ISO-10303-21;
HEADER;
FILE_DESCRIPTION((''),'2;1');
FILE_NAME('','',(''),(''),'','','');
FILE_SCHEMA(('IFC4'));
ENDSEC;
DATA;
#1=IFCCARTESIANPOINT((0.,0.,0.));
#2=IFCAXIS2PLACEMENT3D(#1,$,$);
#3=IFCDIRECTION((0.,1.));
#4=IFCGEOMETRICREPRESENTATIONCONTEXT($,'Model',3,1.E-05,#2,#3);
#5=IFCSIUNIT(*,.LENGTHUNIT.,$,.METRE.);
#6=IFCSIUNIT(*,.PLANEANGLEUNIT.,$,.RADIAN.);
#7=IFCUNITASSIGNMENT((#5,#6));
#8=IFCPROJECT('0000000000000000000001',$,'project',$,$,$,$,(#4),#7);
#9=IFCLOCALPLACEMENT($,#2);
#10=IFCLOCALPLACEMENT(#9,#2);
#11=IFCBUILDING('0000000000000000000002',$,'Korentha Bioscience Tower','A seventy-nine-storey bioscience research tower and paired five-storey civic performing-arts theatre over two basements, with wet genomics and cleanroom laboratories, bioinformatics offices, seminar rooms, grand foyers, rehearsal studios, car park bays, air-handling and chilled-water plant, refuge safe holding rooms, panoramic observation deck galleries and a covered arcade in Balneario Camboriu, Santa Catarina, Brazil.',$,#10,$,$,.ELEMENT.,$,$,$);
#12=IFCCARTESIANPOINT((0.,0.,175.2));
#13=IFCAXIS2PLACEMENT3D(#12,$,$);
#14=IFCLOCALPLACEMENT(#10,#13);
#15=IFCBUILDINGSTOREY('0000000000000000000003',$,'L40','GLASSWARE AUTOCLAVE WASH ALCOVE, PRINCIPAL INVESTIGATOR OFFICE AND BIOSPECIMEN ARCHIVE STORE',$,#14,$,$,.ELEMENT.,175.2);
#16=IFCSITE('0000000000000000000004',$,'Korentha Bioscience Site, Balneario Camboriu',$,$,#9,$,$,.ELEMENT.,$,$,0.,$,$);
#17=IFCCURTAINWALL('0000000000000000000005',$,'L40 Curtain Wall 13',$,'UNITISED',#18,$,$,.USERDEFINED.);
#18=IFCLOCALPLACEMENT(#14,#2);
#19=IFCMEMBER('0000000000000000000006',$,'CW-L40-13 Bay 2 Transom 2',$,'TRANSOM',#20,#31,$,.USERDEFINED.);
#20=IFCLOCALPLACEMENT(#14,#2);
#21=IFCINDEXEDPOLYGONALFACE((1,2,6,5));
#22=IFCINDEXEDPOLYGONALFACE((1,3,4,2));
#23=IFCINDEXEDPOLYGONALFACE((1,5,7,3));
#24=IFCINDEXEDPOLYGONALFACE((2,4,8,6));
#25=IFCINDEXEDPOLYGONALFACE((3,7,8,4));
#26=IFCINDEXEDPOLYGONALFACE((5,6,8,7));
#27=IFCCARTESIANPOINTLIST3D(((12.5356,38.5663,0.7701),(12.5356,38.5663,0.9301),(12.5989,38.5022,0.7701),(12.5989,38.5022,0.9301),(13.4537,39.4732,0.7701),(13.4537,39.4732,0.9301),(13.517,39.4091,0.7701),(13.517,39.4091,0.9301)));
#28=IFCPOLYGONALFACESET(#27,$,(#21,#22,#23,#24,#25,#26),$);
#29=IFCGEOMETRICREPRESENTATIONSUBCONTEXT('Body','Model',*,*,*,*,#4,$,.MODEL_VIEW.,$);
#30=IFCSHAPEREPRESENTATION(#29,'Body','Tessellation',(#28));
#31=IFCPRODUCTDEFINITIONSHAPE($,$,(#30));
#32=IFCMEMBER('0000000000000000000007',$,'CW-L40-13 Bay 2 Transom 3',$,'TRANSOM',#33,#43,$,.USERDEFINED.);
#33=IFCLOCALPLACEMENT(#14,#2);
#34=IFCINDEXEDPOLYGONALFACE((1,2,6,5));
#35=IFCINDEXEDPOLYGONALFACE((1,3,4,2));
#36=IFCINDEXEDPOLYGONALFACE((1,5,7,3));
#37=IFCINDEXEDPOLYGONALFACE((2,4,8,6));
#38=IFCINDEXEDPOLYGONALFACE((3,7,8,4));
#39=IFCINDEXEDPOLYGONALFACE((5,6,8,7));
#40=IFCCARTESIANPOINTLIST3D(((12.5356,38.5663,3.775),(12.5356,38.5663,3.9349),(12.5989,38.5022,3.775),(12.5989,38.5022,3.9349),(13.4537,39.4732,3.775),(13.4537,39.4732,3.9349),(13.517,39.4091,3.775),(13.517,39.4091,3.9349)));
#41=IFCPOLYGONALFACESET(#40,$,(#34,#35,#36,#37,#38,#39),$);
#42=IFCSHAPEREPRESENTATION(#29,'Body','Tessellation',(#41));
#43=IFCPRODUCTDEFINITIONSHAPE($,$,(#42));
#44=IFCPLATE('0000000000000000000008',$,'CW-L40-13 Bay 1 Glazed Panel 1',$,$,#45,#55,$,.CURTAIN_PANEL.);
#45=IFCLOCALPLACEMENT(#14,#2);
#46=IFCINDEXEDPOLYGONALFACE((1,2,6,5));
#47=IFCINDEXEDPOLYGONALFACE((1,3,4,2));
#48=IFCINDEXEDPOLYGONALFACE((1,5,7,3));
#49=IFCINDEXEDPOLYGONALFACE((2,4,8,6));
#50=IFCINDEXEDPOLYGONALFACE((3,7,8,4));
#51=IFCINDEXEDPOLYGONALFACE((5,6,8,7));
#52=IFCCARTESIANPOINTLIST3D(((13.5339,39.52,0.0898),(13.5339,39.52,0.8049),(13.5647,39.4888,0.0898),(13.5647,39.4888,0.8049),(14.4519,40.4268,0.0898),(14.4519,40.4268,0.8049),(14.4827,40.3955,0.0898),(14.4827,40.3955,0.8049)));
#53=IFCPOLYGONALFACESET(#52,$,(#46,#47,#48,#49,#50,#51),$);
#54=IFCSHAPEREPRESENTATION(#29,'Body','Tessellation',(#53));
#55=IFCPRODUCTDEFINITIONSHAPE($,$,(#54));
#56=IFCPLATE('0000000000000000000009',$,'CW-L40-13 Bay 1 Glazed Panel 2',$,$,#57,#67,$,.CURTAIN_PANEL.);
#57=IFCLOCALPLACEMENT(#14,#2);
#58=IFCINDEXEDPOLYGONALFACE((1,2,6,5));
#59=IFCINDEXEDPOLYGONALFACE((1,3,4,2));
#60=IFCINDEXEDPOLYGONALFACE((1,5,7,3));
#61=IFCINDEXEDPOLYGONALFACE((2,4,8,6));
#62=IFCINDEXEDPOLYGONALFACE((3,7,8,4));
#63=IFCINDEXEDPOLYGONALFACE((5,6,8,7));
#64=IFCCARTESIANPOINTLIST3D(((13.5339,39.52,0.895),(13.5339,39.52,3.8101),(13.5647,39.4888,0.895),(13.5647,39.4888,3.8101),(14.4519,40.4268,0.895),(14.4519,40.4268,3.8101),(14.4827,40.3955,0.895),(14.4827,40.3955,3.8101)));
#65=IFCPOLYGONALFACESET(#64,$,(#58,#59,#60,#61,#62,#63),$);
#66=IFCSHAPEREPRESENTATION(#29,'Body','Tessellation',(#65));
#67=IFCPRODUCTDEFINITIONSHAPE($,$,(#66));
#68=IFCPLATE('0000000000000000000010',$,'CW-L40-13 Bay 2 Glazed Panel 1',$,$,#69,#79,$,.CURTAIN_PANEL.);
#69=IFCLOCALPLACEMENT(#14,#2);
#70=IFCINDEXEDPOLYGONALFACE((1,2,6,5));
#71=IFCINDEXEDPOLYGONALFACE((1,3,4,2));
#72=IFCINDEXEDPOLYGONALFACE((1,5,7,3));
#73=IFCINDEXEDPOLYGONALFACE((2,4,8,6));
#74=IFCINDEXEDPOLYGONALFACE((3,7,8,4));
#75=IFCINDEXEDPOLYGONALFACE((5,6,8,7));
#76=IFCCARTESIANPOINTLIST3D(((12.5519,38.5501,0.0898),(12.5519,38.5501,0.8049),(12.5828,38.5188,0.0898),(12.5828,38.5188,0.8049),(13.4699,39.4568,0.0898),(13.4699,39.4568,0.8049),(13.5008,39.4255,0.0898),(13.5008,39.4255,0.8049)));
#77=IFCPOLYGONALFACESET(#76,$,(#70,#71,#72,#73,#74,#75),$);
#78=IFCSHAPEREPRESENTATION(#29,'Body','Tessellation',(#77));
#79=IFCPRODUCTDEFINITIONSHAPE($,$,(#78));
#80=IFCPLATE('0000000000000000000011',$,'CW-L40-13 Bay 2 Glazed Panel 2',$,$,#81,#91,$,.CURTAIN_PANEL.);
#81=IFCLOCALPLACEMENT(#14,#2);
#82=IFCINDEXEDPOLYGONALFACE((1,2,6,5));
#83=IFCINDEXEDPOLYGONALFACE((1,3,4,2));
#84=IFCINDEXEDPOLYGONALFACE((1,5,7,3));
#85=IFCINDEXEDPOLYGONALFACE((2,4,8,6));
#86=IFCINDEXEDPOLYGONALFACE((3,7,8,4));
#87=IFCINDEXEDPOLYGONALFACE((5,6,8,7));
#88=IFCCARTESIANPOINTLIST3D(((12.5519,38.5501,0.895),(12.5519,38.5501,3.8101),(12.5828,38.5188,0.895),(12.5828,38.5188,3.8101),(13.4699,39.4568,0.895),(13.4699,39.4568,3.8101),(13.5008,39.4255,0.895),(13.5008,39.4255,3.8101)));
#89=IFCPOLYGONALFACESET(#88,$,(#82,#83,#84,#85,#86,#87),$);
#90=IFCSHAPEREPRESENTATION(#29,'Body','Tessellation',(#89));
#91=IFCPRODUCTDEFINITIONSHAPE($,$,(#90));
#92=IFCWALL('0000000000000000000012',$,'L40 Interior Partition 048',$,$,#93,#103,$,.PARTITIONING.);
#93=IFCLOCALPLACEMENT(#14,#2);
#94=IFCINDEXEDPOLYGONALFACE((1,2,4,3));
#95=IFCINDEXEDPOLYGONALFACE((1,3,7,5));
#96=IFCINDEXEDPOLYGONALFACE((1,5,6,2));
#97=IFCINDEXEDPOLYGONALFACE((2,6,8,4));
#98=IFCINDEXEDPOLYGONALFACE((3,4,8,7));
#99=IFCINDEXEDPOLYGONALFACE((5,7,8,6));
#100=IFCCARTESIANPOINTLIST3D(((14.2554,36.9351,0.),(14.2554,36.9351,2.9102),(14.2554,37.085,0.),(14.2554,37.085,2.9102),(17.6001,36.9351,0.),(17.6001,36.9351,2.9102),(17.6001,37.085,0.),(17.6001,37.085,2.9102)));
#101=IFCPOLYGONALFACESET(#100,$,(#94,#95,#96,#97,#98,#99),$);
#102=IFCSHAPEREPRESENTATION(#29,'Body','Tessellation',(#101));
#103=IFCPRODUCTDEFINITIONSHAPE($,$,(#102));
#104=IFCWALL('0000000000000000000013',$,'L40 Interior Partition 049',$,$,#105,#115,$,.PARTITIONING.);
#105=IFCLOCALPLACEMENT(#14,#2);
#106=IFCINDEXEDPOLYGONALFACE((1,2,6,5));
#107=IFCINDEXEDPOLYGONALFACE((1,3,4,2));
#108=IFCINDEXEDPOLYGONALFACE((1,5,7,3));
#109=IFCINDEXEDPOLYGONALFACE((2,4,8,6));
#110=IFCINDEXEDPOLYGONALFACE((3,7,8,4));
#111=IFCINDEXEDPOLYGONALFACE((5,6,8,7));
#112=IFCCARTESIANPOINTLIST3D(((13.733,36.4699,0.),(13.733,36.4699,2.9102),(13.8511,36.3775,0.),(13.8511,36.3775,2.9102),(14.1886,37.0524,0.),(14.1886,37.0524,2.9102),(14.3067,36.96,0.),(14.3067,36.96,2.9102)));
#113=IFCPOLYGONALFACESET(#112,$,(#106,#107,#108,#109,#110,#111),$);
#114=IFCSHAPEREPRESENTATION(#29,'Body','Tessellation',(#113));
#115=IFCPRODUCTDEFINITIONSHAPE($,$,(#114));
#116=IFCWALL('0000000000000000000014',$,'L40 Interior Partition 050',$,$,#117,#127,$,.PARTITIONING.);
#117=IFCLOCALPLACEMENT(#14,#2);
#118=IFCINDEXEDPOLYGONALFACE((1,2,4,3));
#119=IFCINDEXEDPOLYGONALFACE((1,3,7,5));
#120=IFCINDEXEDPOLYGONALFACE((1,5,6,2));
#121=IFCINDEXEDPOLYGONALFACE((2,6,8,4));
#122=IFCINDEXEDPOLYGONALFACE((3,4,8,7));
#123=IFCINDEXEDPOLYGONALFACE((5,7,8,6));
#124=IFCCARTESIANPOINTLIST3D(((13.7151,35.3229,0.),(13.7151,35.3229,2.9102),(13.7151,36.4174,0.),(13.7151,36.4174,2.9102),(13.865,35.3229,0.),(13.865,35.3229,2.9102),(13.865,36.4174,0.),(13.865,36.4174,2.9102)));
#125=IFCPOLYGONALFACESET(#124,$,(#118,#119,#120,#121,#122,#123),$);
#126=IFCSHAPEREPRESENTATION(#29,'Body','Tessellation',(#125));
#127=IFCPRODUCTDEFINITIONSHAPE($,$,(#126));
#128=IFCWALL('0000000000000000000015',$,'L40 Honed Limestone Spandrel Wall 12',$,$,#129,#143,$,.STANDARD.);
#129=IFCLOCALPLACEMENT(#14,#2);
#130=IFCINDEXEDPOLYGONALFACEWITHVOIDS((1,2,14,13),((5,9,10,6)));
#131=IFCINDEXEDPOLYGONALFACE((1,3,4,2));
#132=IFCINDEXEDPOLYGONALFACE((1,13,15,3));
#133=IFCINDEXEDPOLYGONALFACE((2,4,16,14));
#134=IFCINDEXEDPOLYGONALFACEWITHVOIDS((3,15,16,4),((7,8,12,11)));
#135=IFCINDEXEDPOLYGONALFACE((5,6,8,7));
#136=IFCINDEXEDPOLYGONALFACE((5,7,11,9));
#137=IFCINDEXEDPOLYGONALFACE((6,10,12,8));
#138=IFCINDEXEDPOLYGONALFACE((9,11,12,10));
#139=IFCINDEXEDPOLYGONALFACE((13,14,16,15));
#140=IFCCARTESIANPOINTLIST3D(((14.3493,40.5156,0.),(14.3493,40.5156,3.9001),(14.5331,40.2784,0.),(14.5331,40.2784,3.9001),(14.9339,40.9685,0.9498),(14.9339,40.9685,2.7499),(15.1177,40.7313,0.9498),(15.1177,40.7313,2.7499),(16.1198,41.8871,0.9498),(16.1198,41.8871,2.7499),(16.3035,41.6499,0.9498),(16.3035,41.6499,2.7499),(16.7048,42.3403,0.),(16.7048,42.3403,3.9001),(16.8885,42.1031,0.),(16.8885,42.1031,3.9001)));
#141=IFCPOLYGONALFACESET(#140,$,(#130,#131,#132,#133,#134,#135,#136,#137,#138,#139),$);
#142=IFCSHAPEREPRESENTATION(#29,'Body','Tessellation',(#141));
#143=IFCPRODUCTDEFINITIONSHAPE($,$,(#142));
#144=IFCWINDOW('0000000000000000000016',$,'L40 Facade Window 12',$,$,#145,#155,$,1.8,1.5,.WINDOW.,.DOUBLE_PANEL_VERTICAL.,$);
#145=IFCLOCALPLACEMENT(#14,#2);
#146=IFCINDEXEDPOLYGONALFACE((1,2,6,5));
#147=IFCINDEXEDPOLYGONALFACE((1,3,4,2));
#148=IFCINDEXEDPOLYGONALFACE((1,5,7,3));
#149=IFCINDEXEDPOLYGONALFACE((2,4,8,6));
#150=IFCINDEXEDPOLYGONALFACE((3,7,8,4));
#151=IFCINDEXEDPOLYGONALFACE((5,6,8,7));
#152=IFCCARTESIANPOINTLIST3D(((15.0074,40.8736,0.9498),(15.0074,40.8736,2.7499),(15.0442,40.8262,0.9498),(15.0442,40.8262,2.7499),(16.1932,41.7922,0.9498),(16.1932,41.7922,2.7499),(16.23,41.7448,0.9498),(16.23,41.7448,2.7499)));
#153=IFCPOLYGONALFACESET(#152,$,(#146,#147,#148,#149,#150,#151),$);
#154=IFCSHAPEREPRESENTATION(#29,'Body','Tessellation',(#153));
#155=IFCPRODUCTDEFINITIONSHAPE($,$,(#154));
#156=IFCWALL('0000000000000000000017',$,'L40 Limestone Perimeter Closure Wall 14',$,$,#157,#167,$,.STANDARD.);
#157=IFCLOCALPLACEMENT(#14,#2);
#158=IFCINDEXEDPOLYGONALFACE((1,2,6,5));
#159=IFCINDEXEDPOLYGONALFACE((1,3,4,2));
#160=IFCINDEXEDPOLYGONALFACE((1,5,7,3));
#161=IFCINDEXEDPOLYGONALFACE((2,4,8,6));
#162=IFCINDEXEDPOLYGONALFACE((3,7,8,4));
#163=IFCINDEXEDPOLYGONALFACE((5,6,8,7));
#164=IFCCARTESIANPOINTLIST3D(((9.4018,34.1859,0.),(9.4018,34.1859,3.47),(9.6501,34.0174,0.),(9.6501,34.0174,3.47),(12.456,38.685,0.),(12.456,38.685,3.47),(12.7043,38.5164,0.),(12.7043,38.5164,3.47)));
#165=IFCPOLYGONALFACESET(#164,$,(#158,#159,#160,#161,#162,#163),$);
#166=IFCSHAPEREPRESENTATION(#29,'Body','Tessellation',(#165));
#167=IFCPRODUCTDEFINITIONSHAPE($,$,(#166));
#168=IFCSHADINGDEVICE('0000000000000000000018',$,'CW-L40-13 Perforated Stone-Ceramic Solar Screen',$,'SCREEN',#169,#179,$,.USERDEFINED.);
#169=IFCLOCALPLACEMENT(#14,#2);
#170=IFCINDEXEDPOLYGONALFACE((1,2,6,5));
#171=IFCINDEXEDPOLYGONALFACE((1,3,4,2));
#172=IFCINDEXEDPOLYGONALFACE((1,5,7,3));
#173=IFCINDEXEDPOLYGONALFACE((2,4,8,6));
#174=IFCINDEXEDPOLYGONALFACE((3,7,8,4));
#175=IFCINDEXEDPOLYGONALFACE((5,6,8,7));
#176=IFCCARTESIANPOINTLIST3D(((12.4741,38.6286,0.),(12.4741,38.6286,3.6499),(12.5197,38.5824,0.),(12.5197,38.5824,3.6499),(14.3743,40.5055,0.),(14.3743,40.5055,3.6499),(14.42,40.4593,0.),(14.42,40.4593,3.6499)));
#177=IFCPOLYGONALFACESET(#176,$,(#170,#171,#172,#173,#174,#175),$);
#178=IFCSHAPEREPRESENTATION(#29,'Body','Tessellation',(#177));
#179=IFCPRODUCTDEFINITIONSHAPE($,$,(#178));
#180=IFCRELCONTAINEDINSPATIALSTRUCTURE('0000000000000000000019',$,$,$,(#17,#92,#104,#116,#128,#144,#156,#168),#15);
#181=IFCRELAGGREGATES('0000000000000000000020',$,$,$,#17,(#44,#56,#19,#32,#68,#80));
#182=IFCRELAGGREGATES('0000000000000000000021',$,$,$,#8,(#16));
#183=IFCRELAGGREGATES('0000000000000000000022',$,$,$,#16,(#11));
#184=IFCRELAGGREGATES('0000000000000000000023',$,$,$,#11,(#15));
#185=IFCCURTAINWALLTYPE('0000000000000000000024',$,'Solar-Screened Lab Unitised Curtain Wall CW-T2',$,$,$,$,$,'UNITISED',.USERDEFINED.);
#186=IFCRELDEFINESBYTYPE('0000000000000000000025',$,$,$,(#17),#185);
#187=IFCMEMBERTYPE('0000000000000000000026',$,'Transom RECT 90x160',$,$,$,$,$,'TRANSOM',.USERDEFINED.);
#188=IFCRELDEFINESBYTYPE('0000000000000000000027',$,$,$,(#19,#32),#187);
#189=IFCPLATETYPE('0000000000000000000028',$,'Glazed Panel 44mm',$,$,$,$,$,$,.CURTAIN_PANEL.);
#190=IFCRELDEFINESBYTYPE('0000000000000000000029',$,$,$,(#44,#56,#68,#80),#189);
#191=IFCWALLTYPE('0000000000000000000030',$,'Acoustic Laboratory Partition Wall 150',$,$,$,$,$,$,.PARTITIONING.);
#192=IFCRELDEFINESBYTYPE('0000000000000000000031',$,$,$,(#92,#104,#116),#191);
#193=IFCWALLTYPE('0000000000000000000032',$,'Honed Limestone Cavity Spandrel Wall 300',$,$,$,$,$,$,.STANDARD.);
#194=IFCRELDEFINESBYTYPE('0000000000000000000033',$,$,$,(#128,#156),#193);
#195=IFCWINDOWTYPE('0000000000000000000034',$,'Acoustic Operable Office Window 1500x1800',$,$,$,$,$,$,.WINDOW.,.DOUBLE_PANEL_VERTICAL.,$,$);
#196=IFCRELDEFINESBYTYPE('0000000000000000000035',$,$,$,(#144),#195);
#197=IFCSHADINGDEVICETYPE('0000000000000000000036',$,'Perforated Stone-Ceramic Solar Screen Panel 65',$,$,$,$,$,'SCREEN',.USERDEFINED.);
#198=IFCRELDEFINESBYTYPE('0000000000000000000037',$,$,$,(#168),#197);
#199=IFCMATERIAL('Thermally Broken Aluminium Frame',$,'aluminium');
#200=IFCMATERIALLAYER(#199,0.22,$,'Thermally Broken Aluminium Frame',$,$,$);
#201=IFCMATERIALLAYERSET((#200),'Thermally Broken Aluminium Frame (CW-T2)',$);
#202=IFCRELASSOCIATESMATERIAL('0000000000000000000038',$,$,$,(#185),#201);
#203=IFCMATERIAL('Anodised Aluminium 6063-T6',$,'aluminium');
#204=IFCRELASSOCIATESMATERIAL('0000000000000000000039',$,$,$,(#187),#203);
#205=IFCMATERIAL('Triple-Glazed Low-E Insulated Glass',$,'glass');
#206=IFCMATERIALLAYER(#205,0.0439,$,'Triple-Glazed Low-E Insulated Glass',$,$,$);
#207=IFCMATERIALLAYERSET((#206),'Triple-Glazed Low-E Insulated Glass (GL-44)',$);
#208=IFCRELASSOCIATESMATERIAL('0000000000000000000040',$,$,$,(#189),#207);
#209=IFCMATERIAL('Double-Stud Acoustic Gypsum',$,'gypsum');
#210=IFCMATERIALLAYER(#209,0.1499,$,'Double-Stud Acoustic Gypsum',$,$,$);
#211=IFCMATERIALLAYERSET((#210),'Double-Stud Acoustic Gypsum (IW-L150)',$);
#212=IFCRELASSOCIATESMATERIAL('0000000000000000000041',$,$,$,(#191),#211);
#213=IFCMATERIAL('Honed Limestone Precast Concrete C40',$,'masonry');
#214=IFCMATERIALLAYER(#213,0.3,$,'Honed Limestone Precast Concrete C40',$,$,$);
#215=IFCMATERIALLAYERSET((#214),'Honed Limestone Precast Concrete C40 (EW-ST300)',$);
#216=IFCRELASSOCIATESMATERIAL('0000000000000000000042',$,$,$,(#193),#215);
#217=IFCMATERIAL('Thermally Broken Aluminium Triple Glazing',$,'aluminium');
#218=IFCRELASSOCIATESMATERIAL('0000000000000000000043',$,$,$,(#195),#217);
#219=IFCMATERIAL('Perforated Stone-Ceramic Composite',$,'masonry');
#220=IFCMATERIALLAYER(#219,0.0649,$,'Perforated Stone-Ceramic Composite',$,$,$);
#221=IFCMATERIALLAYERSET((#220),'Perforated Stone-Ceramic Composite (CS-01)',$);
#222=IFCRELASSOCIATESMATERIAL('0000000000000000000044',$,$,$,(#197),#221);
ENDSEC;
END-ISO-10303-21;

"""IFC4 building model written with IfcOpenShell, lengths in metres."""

from ifc_helpers import new_model, si_unit, direction, frame, frame_2d, origin, origin_2d, place, context, subcontext, project, spatial, rectangle, extrude, material, layer, layer_set, material_profile, profile_set, type_object, element, fill, aggregate, save


model = new_model("IFC4")

# Units and contexts
model_context = context("Model", 3, precision=1e-05, world=origin(), true_north=direction((0.0, 1.0)))
body_context = subcontext(model_context, "Body", "Model", "MODEL_VIEW")
ifc_project = project(units=[si_unit("LENGTHUNIT", "METRE"), si_unit("PLANEANGLEUNIT", "RADIAN")], contexts=[model_context])

# Site, building, storey
site_placement = place(None, origin())
site = spatial("IfcSite", under=ifc_project, at=site_placement, Name="Korentha Bioscience Site, Balneario Camboriu", CompositionType="ELEMENT", RefElevation=0.0)
building_placement = place(site_placement, origin())
building = spatial("IfcBuilding", under=site, at=building_placement, Name="Korentha Bioscience Tower", Description="A seventy-nine-storey bioscience research tower and paired five-storey civic performing-arts theatre over two basements, with wet genomics and cleanroom laboratories, bioinformatics offices, seminar rooms, grand foyers, rehearsal studios, car park bays, air-handling and chilled-water plant, refuge safe holding rooms, panoramic observation deck galleries and a covered arcade in Balneario Camboriu, Santa Catarina, Brazil.", CompositionType="ELEMENT")
storey_placement = place(building_placement, frame((0.0, 0.0, 175.2)))
storey = spatial("IfcBuildingStorey", under=building, at=storey_placement, Name="L40", Description="GLASSWARE AUTOCLAVE WASH ALCOVE, PRINCIPAL INVESTIGATOR OFFICE AND BIOSPECIMEN ARCHIVE STORE", CompositionType="ELEMENT", Elevation=175.2)

# Curtain wall
ifc_material_1 = material(Name="Thermally Broken Aluminium Frame", Category="aluminium")
ifc_layer_1 = layer(ifc_material_1, 0.22, Name="Thermally Broken Aluminium Frame")
ifc_layer_set_1 = layer_set([ifc_layer_1], Name="Thermally Broken Aluminium Frame (CW-T2)")
curtain_wall_type = type_object("IfcCurtainWallType", Name="Solar-Screened Lab Unitised Curtain Wall CW-T2", ElementType="UNITISED", PredefinedType="USERDEFINED", material=ifc_layer_set_1)
curtain_wall_placement = place(storey_placement, origin())
curtain_wall = element("IfcCurtainWall", 1, at=curtain_wall_placement, inside=storey, type_object=curtain_wall_type, Name="L40 Curtain Wall 13", ObjectType="UNITISED", PredefinedType="USERDEFINED")
ifc_material_2 = material(Name="Anodised Aluminium 6063-T6", Category="aluminium")

# Members
ifc_material_profile_1 = material_profile(ifc_material_2, rectangle(XDim=0.0901, YDim=0.1599, at=origin_2d()), Name="Anodised Aluminium 6063-T6")
ifc_profile_set_1 = profile_set([ifc_material_profile_1], Name="Anodised Aluminium 6063-T6 (CW-TRN)")
member_type_1 = type_object("IfcMemberType", Name="Transom RECT 90x160", ElementType="TRANSOM", PredefinedType="USERDEFINED", material=ifc_profile_set_1)
member_1_placement = place(storey_placement, frame((13.4854, 39.4412, 0.8501), z_axis=(-0.711444, -0.702743, 0.0), x_axis=(0.702743, -0.711444, 0.0)))
member_1 = element("IfcMember", 2, at=member_1_placement, type_object=member_type_1, Name="CW-L40-13 Bay 2 Transom 2", ObjectType="TRANSOM", PredefinedType="USERDEFINED", context=body_context, shape_type="SweptSolid", body=[
    extrude(rectangle(XDim=0.0901, YDim=0.1599, at=origin_2d()), origin(), (0.0, 0.0, 1.0), 1.2905),
])
member_2_placement = place(storey_placement, frame((13.4854, 39.4412, 3.855), z_axis=(-0.711444, -0.702743, 0.0), x_axis=(0.702743, -0.711444, 0.0)))
member_2 = element("IfcMember", 3, at=member_2_placement, type_object=member_type_1, Name="CW-L40-13 Bay 2 Transom 3", ObjectType="TRANSOM", PredefinedType="USERDEFINED", context=body_context, shape_type="SweptSolid", body=[
    extrude(rectangle(XDim=0.0901, YDim=0.1599, at=origin_2d()), origin(), (0.0, 0.0, 1.0), 1.2905),
])

# Plates
ifc_material_3 = material(Name="Triple-Glazed Low-E Insulated Glass", Category="glass")
ifc_layer_2 = layer(ifc_material_3, 0.0439, Name="Triple-Glazed Low-E Insulated Glass")
ifc_layer_set_2 = layer_set([ifc_layer_2], Name="Triple-Glazed Low-E Insulated Glass (GL-44)")
plate_type = type_object("IfcPlateType", Name="Glazed Panel 44mm", PredefinedType="CURTAIN_PANEL", material=ifc_layer_set_2)
plate_1_placement = place(storey_placement, frame((14.0083, 39.9578, 0.0898), z_axis=(0.0, 0.0, 1.0), x_axis=(-0.711461, -0.702726, 0.0)))
plate_1 = element("IfcPlate", 4, at=plate_1_placement, type_object=plate_type, Name="CW-L40-13 Bay 1 Glazed Panel 1", PredefinedType="CURTAIN_PANEL", context=body_context, shape_type="SweptSolid", body=[
    extrude(rectangle(XDim=1.2903, YDim=0.0439, at=origin_2d()), origin(), (0.0, 0.0, 1.0), 0.7151),
])
plate_2_placement = place(storey_placement, frame((14.0083, 39.9578, 0.895), z_axis=(0.0, 0.0, 1.0), x_axis=(-0.711461, -0.702726, 0.0)))
plate_2 = element("IfcPlate", 5, at=plate_2_placement, type_object=plate_type, Name="CW-L40-13 Bay 1 Glazed Panel 2", PredefinedType="CURTAIN_PANEL", context=body_context, shape_type="SweptSolid", body=[
    extrude(rectangle(XDim=1.2903, YDim=0.0439, at=origin_2d()), origin(), (0.0, 0.0, 1.0), 2.915),
])
plate_3_placement = place(storey_placement, frame((13.0264, 38.9878, 0.0898), z_axis=(0.0, 0.0, 1.0), x_axis=(-0.711461, -0.702726, 0.0)))
plate_3 = element("IfcPlate", 6, at=plate_3_placement, type_object=plate_type, Name="CW-L40-13 Bay 2 Glazed Panel 1", PredefinedType="CURTAIN_PANEL", context=body_context, shape_type="SweptSolid", body=[
    extrude(rectangle(XDim=1.2903, YDim=0.0439, at=origin_2d()), origin(), (0.0, 0.0, 1.0), 0.7151),
])
plate_4_placement = place(storey_placement, frame((13.0264, 38.9878, 0.895), z_axis=(0.0, 0.0, 1.0), x_axis=(-0.711461, -0.702726, 0.0)))
plate_4 = element("IfcPlate", 7, at=plate_4_placement, type_object=plate_type, Name="CW-L40-13 Bay 2 Glazed Panel 2", PredefinedType="CURTAIN_PANEL", context=body_context, shape_type="SweptSolid", body=[
    extrude(rectangle(XDim=1.2903, YDim=0.0439, at=origin_2d()), origin(), (0.0, 0.0, 1.0), 2.915),
])
aggregate(curtain_wall, [plate_1, plate_2, member_1, member_2, plate_3, plate_4])

# Walls
ifc_material_4 = material(Name="Double-Stud Acoustic Gypsum", Category="gypsum")
ifc_layer_3 = layer(ifc_material_4, 0.1499, Name="Double-Stud Acoustic Gypsum")
ifc_layer_set_3 = layer_set([ifc_layer_3], Name="Double-Stud Acoustic Gypsum (IW-L150)")
wall_type_1 = type_object("IfcWallType", Name="Acoustic Laboratory Partition Wall 150", PredefinedType="PARTITIONING", material=ifc_layer_set_3)
wall_1_placement = place(storey_placement, frame((17.6001, 37.01, 0.0), z_axis=(0.0, 0.0, 1.0), x_axis=(-1.0, 0.0, 0.0)))
element("IfcWall", 8, at=wall_1_placement, inside=storey, type_object=wall_type_1, Name="L40 Interior Partition 048", PredefinedType="PARTITIONING", context=body_context, shape_type="SweptSolid", body=[
    extrude(rectangle(XDim=3.3447, YDim=0.1499, at=frame_2d((1.6724, 0.0))), origin(), (0.0, 0.0, 1.0), 2.9102),
])
wall_2_placement = place(storey_placement, frame((14.2476, 37.0061, 0.0), z_axis=(0.0, 0.0, 1.0), x_axis=(-0.616041, -0.787714, 0.0)))
element("IfcWall", 9, at=wall_2_placement, inside=storey, type_object=wall_type_1, Name="L40 Interior Partition 049", PredefinedType="PARTITIONING", context=body_context, shape_type="SweptSolid", body=[
    extrude(rectangle(XDim=0.7395, YDim=0.1499, at=frame_2d((0.3696, 0.0))), origin(), (0.0, 0.0, 1.0), 2.9102),
])
wall_3_placement = place(storey_placement, frame((13.79, 36.4175, 0.0), z_axis=(0.0, 0.0, 1.0), x_axis=(0.0, -1.0, 0.0)))
element("IfcWall", 10, at=wall_3_placement, inside=storey, type_object=wall_type_1, Name="L40 Interior Partition 050", PredefinedType="PARTITIONING", context=body_context, shape_type="SweptSolid", body=[
    extrude(rectangle(XDim=1.0945, YDim=0.1499, at=frame_2d((0.5474, 0.0))), origin(), (0.0, 0.0, 1.0), 2.9102),
])

# Wall, opening, window
ifc_material_5 = material(Name="Honed Limestone Precast Concrete C40", Category="masonry")
ifc_layer_4 = layer(ifc_material_5, 0.3, Name="Honed Limestone Precast Concrete C40")
ifc_layer_set_4 = layer_set([ifc_layer_4], Name="Honed Limestone Precast Concrete C40 (EW-ST300)")
wall_type_2 = type_object("IfcWallType", Name="Honed Limestone Cavity Spandrel Wall 300", PredefinedType="STANDARD", material=ifc_layer_set_4)
wall_4_placement = place(storey_placement, frame((16.7966, 42.2217, 0.0), z_axis=(0.0, 0.0, 1.0), x_axis=(-0.790542, -0.612408, 0.0)))
wall_4 = element("IfcWall", 11, at=wall_4_placement, inside=storey, type_object=wall_type_2, Name="L40 Honed Limestone Spandrel Wall 12", PredefinedType="STANDARD", context=body_context, shape_type="SweptSolid", body=[
    extrude(rectangle(XDim=2.9795, YDim=0.3, at=frame_2d((1.4897, 0.0))), origin(), (0.0, 0.0, 1.0), 3.9001),
])
opening_placement = place(wall_4_placement, frame((0.74, 0.0, 0.95)))
opening = element("IfcOpeningElement", 12, at=opening_placement, cuts=wall_4, PredefinedType="OPENING", context=body_context, shape_type="SweptSolid", body=[
    extrude(rectangle(XDim=1.5, YDim=1.8, at=frame_2d((0.75, 0.8999))), frame((0.0, 0.165, 0.0), z_axis=(0.0, -1.0, 0.0), x_axis=(1.0, 0.0, 0.0)), (0.0, 0.0, 1.0), 0.3298),
])
ifc_material_6 = material(Name="Thermally Broken Aluminium Triple Glazing", Category="aluminium")
window_type = type_object("IfcWindowType", Name="Acoustic Operable Office Window 1500x1800", PartitioningType="DOUBLE_PANEL_VERTICAL", PredefinedType="WINDOW", material=ifc_material_6)
window_placement = place(opening_placement, origin())
window = element("IfcWindow", 13, at=window_placement, inside=storey, type_object=window_type, Name="L40 Facade Window 12", OverallHeight=1.8, OverallWidth=1.5, PartitioningType="DOUBLE_PANEL_VERTICAL", PredefinedType="WINDOW", context=body_context, shape_type="SweptSolid", body=[
    extrude(rectangle(XDim=1.5, YDim=1.8, at=frame_2d((0.75, 0.8999))), frame((0.0, 0.03, 0.0), z_axis=(0.0, -1.0, 0.0), x_axis=(1.0, 0.0, 0.0)), (0.0, 0.0, 1.0), 0.0601),
])
fill(opening, window)

# Wall
wall_5_placement = place(storey_placement, frame((12.5801, 38.6006, 0.0), z_axis=(0.0, 0.0, 1.0), x_axis=(-0.561664, -0.827365, 0.0)))
element("IfcWall", 14, at=wall_5_placement, inside=storey, type_object=wall_type_2, Name="L40 Limestone Perimeter Closure Wall 14", PredefinedType="STANDARD", context=body_context, shape_type="SweptSolid", body=[
    extrude(rectangle(XDim=5.4377, YDim=0.3, at=frame_2d((2.7188, 0.0))), origin(), (0.0, 0.0, 1.0), 3.47),
])

# Shading device
ifc_material_7 = material(Name="Perforated Stone-Ceramic Composite", Category="masonry")
ifc_layer_5 = layer(ifc_material_7, 0.0649, Name="Perforated Stone-Ceramic Composite")
ifc_layer_set_5 = layer_set([ifc_layer_5], Name="Perforated Stone-Ceramic Composite (CS-01)")
shading_device_type_1 = type_object("IfcShadingDeviceType", Name="Perforated Stone-Ceramic Solar Screen Panel 65", ElementType="SCREEN", PredefinedType="USERDEFINED", material=ifc_layer_set_5)
shading_device_1_placement = place(storey_placement, frame((13.447, 39.5439, 0.0), z_axis=(0.0, 0.0, 1.0), x_axis=(-0.711461, -0.702726, 0.0)))
element("IfcShadingDevice", 15, at=shading_device_1_placement, inside=storey, type_object=shading_device_type_1, Name="CW-L40-13 Perforated Stone-Ceramic Solar Screen", ObjectType="SCREEN", PredefinedType="USERDEFINED", context=body_context, shape_type="SweptSolid", body=[
    extrude(rectangle(XDim=2.6709, YDim=0.0649, at=origin_2d()), origin(), (0.0, 0.0, 1.0), 3.6499),
])

save(model, "model.ifc")
